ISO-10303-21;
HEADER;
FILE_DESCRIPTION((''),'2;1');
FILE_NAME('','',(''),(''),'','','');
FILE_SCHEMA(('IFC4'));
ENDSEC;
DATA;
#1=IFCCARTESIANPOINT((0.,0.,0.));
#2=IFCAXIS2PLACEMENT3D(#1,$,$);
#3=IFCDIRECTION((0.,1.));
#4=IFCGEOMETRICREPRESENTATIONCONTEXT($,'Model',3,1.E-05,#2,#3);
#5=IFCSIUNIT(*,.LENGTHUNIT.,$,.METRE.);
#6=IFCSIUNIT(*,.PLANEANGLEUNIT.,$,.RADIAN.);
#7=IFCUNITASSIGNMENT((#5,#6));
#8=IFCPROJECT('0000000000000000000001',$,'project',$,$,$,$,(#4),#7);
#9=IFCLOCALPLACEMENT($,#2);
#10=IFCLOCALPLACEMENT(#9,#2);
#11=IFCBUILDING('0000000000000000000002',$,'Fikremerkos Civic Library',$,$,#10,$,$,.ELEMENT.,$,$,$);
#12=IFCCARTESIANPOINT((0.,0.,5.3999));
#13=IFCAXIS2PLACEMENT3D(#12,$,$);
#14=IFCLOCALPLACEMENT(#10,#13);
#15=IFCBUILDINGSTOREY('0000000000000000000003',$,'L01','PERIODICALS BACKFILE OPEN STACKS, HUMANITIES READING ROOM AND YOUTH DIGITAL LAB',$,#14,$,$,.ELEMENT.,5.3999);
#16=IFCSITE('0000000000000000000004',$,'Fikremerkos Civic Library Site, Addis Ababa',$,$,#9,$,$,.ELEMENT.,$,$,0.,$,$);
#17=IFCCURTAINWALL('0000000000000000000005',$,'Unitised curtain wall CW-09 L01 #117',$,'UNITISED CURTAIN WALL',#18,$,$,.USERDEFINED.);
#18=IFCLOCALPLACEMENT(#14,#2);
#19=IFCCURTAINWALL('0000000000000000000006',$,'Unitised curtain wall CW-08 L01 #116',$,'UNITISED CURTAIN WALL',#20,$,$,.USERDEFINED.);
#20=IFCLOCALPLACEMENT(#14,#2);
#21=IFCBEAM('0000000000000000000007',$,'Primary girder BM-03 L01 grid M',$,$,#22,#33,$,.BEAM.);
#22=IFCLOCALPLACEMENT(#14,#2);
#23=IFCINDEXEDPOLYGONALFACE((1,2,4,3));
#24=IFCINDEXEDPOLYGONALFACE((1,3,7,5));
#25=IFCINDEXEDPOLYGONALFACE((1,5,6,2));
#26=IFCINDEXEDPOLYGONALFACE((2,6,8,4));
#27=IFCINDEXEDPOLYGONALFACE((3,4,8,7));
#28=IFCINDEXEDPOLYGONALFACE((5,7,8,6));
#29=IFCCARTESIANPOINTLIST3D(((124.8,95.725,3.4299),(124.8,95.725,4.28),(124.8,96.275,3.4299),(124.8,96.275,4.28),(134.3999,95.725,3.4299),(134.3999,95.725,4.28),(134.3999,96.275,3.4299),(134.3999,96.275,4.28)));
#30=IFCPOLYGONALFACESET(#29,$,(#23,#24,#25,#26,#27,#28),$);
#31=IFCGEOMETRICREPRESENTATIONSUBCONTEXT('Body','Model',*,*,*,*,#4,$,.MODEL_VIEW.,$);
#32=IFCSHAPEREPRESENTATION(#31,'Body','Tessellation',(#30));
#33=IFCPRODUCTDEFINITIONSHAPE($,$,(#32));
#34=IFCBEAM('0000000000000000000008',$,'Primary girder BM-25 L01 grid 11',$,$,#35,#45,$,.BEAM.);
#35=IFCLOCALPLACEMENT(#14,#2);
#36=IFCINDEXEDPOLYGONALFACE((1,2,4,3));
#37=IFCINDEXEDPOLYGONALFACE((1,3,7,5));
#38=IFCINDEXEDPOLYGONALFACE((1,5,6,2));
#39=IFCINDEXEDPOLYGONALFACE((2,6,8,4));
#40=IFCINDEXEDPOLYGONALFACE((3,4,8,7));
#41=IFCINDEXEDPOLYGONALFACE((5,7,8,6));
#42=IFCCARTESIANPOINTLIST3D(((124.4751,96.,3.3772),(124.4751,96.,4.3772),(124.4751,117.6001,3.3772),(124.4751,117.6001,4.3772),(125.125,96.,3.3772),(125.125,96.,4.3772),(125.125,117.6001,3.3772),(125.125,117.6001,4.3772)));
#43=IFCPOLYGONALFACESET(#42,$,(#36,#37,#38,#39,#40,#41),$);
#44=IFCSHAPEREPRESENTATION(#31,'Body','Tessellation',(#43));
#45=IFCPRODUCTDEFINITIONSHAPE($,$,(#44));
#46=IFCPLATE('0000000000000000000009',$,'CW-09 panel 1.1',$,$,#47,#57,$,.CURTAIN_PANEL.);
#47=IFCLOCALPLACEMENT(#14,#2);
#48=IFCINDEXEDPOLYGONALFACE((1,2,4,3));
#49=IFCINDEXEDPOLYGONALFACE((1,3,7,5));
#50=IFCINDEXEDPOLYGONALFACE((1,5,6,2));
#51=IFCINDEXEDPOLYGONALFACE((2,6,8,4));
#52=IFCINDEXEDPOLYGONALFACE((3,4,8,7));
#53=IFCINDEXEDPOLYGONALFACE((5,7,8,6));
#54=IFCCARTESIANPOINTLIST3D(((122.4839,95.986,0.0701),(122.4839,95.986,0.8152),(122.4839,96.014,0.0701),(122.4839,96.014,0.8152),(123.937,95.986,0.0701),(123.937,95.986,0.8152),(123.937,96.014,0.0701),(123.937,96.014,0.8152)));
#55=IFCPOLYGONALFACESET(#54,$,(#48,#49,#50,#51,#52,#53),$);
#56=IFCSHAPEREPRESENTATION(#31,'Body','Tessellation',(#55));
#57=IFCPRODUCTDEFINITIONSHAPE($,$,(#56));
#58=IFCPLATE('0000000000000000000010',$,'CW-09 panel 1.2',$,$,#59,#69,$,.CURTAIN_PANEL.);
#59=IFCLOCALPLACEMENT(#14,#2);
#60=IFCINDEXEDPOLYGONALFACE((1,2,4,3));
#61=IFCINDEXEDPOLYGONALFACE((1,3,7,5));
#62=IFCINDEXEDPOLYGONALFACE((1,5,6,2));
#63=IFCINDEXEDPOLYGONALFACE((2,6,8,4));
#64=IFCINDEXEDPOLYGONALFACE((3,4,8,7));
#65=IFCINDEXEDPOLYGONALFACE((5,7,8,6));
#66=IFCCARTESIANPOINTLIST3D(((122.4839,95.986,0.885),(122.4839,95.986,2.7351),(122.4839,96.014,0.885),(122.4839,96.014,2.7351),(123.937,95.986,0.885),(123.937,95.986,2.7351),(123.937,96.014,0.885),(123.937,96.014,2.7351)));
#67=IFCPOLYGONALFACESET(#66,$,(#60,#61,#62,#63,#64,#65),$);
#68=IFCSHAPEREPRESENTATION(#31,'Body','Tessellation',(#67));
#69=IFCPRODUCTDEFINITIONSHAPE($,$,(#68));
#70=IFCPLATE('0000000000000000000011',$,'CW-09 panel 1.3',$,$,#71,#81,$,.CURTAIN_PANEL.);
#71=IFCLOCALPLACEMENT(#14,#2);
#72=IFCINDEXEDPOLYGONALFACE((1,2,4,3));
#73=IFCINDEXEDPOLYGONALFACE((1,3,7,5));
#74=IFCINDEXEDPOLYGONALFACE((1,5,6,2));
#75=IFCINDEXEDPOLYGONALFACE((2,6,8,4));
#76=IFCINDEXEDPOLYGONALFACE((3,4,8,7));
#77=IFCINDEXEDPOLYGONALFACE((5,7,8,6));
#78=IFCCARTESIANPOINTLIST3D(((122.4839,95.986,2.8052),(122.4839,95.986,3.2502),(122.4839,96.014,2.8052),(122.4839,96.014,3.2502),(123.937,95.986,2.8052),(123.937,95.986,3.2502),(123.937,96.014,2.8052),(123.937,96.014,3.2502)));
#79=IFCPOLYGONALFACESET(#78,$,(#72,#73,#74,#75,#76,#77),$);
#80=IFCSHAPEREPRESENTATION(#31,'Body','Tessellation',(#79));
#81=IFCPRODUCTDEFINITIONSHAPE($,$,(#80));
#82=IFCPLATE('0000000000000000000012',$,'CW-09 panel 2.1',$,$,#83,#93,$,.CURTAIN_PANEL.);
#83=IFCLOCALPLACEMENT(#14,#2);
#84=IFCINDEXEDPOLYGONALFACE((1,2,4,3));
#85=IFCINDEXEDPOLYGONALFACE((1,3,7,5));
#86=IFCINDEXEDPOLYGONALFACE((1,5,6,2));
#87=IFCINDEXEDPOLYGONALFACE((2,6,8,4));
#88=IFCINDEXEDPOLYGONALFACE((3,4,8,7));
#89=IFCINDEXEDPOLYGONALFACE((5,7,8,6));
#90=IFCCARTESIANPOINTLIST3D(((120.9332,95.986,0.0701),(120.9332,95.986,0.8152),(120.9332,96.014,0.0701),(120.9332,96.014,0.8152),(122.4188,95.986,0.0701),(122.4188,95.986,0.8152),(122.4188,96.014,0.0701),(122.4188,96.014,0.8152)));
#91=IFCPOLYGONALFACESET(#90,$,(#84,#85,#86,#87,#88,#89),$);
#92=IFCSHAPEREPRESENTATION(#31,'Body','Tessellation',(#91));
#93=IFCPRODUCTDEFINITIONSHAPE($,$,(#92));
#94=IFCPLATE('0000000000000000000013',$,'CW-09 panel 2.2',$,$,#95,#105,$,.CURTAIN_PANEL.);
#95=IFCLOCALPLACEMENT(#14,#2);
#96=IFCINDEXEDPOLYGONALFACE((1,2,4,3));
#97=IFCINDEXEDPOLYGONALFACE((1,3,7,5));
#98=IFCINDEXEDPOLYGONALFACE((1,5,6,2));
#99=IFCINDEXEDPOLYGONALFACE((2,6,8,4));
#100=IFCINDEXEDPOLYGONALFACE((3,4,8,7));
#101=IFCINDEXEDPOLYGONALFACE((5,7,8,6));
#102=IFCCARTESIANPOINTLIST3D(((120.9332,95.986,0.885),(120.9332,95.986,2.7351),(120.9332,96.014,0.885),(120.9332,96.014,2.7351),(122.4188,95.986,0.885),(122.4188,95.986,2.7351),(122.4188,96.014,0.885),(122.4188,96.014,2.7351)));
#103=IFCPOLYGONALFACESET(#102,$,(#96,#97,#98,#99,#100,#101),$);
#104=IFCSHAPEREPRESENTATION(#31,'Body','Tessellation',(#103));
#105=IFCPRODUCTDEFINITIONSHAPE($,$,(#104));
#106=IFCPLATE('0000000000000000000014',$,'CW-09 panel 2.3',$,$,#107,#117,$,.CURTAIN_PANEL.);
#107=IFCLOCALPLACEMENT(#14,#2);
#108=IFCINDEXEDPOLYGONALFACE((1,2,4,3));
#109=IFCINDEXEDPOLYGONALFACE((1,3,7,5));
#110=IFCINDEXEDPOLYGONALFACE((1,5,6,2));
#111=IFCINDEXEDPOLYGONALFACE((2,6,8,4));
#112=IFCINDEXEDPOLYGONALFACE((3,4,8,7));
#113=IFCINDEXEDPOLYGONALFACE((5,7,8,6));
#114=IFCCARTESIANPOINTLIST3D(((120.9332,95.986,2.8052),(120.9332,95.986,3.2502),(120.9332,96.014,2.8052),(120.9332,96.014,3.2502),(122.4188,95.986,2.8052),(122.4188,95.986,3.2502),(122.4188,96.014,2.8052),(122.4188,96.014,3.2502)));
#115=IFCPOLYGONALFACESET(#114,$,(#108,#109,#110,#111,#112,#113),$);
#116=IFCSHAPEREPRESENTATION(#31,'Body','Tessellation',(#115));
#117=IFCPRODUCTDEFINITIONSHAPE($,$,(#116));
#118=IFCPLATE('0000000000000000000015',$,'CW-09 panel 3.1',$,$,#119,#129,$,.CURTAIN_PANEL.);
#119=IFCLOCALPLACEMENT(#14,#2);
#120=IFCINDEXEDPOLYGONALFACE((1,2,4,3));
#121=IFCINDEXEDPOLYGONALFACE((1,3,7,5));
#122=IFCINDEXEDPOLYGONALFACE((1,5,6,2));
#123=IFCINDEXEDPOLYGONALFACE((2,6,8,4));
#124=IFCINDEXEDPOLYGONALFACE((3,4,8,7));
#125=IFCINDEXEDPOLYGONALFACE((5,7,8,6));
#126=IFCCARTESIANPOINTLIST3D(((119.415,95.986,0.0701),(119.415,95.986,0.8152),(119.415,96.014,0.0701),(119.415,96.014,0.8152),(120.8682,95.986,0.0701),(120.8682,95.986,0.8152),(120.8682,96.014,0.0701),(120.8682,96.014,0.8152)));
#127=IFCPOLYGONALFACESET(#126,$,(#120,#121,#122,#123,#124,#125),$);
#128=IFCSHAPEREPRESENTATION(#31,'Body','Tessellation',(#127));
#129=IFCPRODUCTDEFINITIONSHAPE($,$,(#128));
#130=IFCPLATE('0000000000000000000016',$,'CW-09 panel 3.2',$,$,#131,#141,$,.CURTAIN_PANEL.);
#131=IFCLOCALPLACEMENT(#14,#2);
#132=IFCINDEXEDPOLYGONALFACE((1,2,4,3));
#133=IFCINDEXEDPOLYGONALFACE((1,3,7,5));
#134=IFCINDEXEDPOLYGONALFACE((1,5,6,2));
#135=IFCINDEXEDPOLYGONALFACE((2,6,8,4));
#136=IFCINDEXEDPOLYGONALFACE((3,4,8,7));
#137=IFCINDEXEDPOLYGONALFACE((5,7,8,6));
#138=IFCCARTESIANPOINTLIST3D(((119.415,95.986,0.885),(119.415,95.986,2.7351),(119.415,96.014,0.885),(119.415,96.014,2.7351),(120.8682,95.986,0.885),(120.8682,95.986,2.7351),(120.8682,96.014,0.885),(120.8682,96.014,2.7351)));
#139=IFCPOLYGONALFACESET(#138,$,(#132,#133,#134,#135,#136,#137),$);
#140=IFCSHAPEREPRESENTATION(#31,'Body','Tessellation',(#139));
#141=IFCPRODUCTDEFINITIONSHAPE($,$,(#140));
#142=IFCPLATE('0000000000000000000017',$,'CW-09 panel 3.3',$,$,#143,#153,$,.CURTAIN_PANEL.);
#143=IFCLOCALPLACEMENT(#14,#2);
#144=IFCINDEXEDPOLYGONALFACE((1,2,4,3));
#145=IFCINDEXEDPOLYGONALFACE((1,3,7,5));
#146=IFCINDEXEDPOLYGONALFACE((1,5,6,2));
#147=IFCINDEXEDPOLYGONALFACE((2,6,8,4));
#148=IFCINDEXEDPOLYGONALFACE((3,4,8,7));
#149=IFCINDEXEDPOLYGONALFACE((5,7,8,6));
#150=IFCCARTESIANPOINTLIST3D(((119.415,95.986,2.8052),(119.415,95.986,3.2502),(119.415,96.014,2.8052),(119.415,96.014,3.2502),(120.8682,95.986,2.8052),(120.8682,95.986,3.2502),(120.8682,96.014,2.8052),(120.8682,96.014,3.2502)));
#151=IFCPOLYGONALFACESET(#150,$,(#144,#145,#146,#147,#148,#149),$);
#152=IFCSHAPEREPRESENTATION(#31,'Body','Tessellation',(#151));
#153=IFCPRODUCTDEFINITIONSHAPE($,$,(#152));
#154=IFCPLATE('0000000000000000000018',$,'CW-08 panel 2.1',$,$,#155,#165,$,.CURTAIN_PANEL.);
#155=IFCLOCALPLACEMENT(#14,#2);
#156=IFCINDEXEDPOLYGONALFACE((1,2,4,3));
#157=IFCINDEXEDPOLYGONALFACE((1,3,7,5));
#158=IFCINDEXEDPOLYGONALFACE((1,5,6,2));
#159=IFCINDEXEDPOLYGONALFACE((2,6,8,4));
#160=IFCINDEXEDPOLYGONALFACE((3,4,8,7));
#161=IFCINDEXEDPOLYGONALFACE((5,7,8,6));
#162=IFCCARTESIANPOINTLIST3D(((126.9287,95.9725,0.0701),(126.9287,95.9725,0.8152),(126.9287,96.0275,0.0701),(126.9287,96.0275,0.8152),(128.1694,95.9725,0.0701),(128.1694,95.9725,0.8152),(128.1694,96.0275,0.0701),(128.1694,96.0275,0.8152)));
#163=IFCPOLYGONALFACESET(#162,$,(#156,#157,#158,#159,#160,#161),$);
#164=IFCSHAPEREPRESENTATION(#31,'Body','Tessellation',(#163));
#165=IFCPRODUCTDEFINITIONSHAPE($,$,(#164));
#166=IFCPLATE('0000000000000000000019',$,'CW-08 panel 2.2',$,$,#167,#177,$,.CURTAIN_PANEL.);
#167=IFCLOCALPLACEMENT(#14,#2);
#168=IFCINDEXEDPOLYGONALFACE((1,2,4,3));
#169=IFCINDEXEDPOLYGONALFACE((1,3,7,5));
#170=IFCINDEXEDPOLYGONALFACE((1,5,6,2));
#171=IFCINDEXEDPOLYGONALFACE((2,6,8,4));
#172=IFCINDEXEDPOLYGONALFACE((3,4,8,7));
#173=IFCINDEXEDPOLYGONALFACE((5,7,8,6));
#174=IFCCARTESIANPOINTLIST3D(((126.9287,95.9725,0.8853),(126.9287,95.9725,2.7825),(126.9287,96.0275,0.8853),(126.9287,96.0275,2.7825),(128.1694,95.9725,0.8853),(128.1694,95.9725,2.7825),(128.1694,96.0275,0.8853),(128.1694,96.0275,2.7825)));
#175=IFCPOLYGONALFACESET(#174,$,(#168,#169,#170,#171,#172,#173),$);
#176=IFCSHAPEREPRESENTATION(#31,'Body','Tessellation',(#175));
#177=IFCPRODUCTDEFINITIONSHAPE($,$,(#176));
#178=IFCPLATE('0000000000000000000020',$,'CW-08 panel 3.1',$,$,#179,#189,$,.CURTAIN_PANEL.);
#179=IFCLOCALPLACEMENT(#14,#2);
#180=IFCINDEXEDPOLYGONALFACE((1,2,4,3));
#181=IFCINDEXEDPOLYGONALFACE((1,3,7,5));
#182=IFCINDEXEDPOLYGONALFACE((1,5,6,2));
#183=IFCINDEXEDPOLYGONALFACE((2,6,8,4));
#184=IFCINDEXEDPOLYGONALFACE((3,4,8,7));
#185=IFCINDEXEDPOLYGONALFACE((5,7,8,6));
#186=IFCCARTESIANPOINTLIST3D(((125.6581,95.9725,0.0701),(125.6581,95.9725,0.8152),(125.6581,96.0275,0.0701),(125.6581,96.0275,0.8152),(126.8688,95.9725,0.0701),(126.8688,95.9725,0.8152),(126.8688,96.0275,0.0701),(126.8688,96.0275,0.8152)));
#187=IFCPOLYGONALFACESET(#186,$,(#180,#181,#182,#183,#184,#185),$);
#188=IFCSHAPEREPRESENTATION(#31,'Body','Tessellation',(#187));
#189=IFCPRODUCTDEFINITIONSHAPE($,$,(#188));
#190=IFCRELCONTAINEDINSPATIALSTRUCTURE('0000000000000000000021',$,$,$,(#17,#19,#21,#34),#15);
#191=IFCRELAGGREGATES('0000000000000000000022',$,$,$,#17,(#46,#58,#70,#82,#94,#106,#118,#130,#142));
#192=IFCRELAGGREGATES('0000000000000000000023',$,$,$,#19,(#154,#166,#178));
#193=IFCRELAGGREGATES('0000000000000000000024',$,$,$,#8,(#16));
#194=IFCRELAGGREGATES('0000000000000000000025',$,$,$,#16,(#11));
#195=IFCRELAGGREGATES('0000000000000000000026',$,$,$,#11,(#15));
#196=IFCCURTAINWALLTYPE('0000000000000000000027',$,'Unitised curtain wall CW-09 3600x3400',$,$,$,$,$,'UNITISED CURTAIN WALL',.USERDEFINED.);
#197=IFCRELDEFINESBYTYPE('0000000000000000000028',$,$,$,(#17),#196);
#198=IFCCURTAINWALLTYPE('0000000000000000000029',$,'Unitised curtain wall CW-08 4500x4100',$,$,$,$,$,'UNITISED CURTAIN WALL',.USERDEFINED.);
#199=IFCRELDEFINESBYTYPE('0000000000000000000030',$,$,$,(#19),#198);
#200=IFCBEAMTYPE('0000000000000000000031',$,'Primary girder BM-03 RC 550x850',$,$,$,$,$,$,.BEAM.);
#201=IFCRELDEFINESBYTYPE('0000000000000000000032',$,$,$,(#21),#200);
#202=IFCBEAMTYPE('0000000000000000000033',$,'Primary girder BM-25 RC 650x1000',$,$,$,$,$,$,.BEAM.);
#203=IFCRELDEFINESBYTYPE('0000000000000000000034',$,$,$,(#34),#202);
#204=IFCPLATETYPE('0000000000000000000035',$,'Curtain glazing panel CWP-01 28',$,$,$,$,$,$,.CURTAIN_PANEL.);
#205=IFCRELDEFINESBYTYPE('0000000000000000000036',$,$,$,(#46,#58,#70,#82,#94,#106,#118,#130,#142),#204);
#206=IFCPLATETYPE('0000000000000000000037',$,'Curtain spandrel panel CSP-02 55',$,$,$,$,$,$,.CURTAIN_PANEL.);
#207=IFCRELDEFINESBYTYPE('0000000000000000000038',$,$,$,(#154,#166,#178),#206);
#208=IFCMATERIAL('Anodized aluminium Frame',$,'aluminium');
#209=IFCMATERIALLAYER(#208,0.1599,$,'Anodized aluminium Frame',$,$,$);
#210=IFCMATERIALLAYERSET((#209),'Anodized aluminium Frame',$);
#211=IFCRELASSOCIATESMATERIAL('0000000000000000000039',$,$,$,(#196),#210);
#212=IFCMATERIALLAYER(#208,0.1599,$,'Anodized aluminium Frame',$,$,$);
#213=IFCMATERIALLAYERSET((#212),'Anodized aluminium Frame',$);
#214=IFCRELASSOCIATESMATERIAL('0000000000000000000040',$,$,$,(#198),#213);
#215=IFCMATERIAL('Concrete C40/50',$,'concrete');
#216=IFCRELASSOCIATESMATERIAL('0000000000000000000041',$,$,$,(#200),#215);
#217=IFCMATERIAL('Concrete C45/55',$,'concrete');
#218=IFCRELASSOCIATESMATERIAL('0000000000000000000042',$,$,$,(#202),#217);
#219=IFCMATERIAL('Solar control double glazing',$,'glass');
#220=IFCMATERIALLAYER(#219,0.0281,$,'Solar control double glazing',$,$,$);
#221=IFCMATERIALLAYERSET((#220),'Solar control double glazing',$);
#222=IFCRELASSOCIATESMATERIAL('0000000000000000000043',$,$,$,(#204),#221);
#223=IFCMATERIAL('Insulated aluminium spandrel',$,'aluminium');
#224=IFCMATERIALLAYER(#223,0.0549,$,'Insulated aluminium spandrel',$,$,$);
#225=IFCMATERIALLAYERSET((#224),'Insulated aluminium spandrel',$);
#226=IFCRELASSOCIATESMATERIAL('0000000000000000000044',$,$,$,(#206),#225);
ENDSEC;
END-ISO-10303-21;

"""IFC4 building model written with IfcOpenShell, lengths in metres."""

from ifc_helpers import new_model, si_unit, direction, frame, origin, origin_2d, place, context, subcontext, project, spatial, rectangle, extrude, material, layer, layer_set, material_profile, profile_set, type_object, element, aggregate, save


model = new_model("IFC4")

# Units and contexts
model_context = context("Model", 3, precision=1e-05, world=origin(), true_north=direction((0.0, 1.0)))
body_context = subcontext(model_context, "Body", "Model", "MODEL_VIEW")
ifc_project = project(units=[si_unit("LENGTHUNIT", "METRE"), si_unit("PLANEANGLEUNIT", "RADIAN")], contexts=[model_context])

# Site, building, storey
site_placement = place(None, origin())
site = spatial("IfcSite", under=ifc_project, at=site_placement, Name="Fikremerkos Civic Library Site, Addis Ababa", CompositionType="ELEMENT", RefElevation=0.0)
building_placement = place(site_placement, origin())
building = spatial("IfcBuilding", under=site, at=building_placement, Name="Fikremerkos Civic Library", CompositionType="ELEMENT")
storey_placement = place(building_placement, frame((0.0, 0.0, 5.3999)))
storey = spatial("IfcBuildingStorey", under=building, at=storey_placement, Name="L01", Description="PERIODICALS BACKFILE OPEN STACKS, HUMANITIES READING ROOM AND YOUTH DIGITAL LAB", CompositionType="ELEMENT", Elevation=5.3999)

# Shared definitions
ifc_material_1 = material(Name="Concrete C40/50", Category="concrete")

# Curtain walls
ifc_material_2 = material(Name="Anodized aluminium Frame", Category="aluminium")
ifc_layer_1 = layer(ifc_material_2, 0.1599, Name="Anodized aluminium Frame")
ifc_layer_set_1 = layer_set([ifc_layer_1], Name="Anodized aluminium Frame")
curtain_wall_type_1 = type_object("IfcCurtainWallType", Name="Unitised curtain wall CW-09 3600x3400", ElementType="UNITISED CURTAIN WALL", PredefinedType="USERDEFINED", material=ifc_layer_set_1)
curtain_wall_1_placement = place(storey_placement, origin())
curtain_wall_1 = element("IfcCurtainWall", 1, at=curtain_wall_1_placement, inside=storey, type_object=curtain_wall_type_1, Name="Unitised curtain wall CW-09 L01 #117", ObjectType="UNITISED CURTAIN WALL", PredefinedType="USERDEFINED")
ifc_layer_2 = layer(ifc_material_2, 0.1599, Name="Anodized aluminium Frame")
ifc_layer_set_2 = layer_set([ifc_layer_2], Name="Anodized aluminium Frame")
curtain_wall_type_2 = type_object("IfcCurtainWallType", Name="Unitised curtain wall CW-08 4500x4100", ElementType="UNITISED CURTAIN WALL", PredefinedType="USERDEFINED", material=ifc_layer_set_2)
curtain_wall_2_placement = place(storey_placement, origin())
curtain_wall_2 = element("IfcCurtainWall", 2, at=curtain_wall_2_placement, inside=storey, type_object=curtain_wall_type_2, Name="Unitised curtain wall CW-08 L01 #116", ObjectType="UNITISED CURTAIN WALL", PredefinedType="USERDEFINED")

# Beams
ifc_material_profile_1 = material_profile(ifc_material_1, rectangle(XDim=0.55, YDim=0.8501, at=origin_2d()), Name="RC 550x850")
ifc_profile_set_1 = profile_set([ifc_material_profile_1], Name="Concrete C40/50")
beam_type_1 = type_object("IfcBeamType", Name="Primary girder BM-03 RC 550x850", PredefinedType="BEAM", material=ifc_profile_set_1)
beam_1_placement = place(storey_placement, frame((124.8, 96.0, 3.855), z_axis=(1.0, 0.0, 0.0), x_axis=(0.0, 1.0, 0.0)))
element("IfcBeam", 3, at=beam_1_placement, inside=storey, type_object=beam_type_1, Name="Primary girder BM-03 L01 grid M", PredefinedType="BEAM", context=body_context, shape_type="SweptSolid", body=[
    extrude(rectangle(XDim=0.55, YDim=0.8501, at=origin_2d()), origin(), (0.0, 0.0, 1.0), 9.5999),
])
ifc_material_3 = material(Name="Concrete C45/55", Category="concrete")
ifc_material_profile_2 = material_profile(ifc_material_3, rectangle(XDim=0.6499, YDim=1.0, at=origin_2d()), Name="RC 650x1000")
ifc_profile_set_2 = profile_set([ifc_material_profile_2], Name="Concrete C45/55")
beam_type_2 = type_object("IfcBeamType", Name="Primary girder BM-25 RC 650x1000", PredefinedType="BEAM", material=ifc_profile_set_2)
beam_2_placement = place(storey_placement, frame((124.8, 96.0, 3.8772), z_axis=(0.0, 1.0, 0.0), x_axis=(-1.0, 0.0, 0.0)))
element("IfcBeam", 4, at=beam_2_placement, inside=storey, type_object=beam_type_2, Name="Primary girder BM-25 L01 grid 11", PredefinedType="BEAM", context=body_context, shape_type="SweptSolid", body=[
    extrude(rectangle(XDim=0.6499, YDim=1.0, at=origin_2d()), origin(), (0.0, 0.0, 1.0), 21.6001),
])

# Plates
ifc_material_4 = material(Name="Solar control double glazing", Category="glass")
ifc_layer_3 = layer(ifc_material_4, 0.0281, Name="Solar control double glazing")
ifc_layer_set_3 = layer_set([ifc_layer_3], Name="Solar control double glazing")
plate_type_1 = type_object("IfcPlateType", Name="Curtain glazing panel CWP-01 28", PredefinedType="CURTAIN_PANEL", material=ifc_layer_set_3)
plate_1_placement = place(storey_placement, frame((123.2104, 96.0, 0.0701), z_axis=(0.0, 0.0, 1.0), x_axis=(-1.0, 0.0, 0.0)))
plate_1 = element("IfcPlate", 5, at=plate_1_placement, type_object=plate_type_1, Name="CW-09 panel 1.1", PredefinedType="CURTAIN_PANEL", context=body_context, shape_type="SweptSolid", body=[
    extrude(rectangle(XDim=1.4531, YDim=0.0281, at=origin_2d()), origin(), (0.0, 0.0, 1.0), 0.7451),
])
plate_2_placement = place(storey_placement, frame((123.2104, 96.0, 0.885), z_axis=(0.0, 0.0, 1.0), x_axis=(-1.0, 0.0, 0.0)))
plate_2 = element("IfcPlate", 6, at=plate_2_placement, type_object=plate_type_1, Name="CW-09 panel 1.2", PredefinedType="CURTAIN_PANEL", context=body_context, shape_type="SweptSolid", body=[
    extrude(rectangle(XDim=1.4531, YDim=0.0281, at=origin_2d()), origin(), (0.0, 0.0, 1.0), 1.8501),
])
plate_3_placement = place(storey_placement, frame((123.2104, 96.0, 2.8052), z_axis=(0.0, 0.0, 1.0), x_axis=(-1.0, 0.0, 0.0)))
plate_3 = element("IfcPlate", 7, at=plate_3_placement, type_object=plate_type_1, Name="CW-09 panel 1.3", PredefinedType="CURTAIN_PANEL", context=body_context, shape_type="SweptSolid", body=[
    extrude(rectangle(XDim=1.4531, YDim=0.0281, at=origin_2d()), origin(), (0.0, 0.0, 1.0), 0.4451),
])
plate_4_placement = place(storey_placement, frame((121.676, 96.0, 0.0701), z_axis=(0.0, 0.0, 1.0), x_axis=(-1.0, 0.0, 0.0)))
plate_4 = element("IfcPlate", 8, at=plate_4_placement, type_object=plate_type_1, Name="CW-09 panel 2.1", PredefinedType="CURTAIN_PANEL", context=body_context, shape_type="SweptSolid", body=[
    extrude(rectangle(XDim=1.4856, YDim=0.0281, at=origin_2d()), origin(), (0.0, 0.0, 1.0), 0.7451),
])
plate_5_placement = place(storey_placement, frame((121.676, 96.0, 0.885), z_axis=(0.0, 0.0, 1.0), x_axis=(-1.0, 0.0, 0.0)))
plate_5 = element("IfcPlate", 9, at=plate_5_placement, type_object=plate_type_1, Name="CW-09 panel 2.2", PredefinedType="CURTAIN_PANEL", context=body_context, shape_type="SweptSolid", body=[
    extrude(rectangle(XDim=1.4856, YDim=0.0281, at=origin_2d()), origin(), (0.0, 0.0, 1.0), 1.8501),
])
plate_6_placement = place(storey_placement, frame((121.676, 96.0, 2.8052), z_axis=(0.0, 0.0, 1.0), x_axis=(-1.0, 0.0, 0.0)))
plate_6 = element("IfcPlate", 10, at=plate_6_placement, type_object=plate_type_1, Name="CW-09 panel 2.3", PredefinedType="CURTAIN_PANEL", context=body_context, shape_type="SweptSolid", body=[
    extrude(rectangle(XDim=1.4856, YDim=0.0281, at=origin_2d()), origin(), (0.0, 0.0, 1.0), 0.4451),
])
plate_7_placement = place(storey_placement, frame((120.1416, 96.0, 0.0701), z_axis=(0.0, 0.0, 1.0), x_axis=(-1.0, 0.0, 0.0)))
plate_7 = element("IfcPlate", 11, at=plate_7_placement, type_object=plate_type_1, Name="CW-09 panel 3.1", PredefinedType="CURTAIN_PANEL", context=body_context, shape_type="SweptSolid", body=[
    extrude(rectangle(XDim=1.4531, YDim=0.0281, at=origin_2d()), origin(), (0.0, 0.0, 1.0), 0.7451),
])
plate_8_placement = place(storey_placement, frame((120.1416, 96.0, 0.885), z_axis=(0.0, 0.0, 1.0), x_axis=(-1.0, 0.0, 0.0)))
plate_8 = element("IfcPlate", 12, at=plate_8_placement, type_object=plate_type_1, Name="CW-09 panel 3.2", PredefinedType="CURTAIN_PANEL", context=body_context, shape_type="SweptSolid", body=[
    extrude(rectangle(XDim=1.4531, YDim=0.0281, at=origin_2d()), origin(), (0.0, 0.0, 1.0), 1.8501),
])
plate_9_placement = place(storey_placement, frame((120.1416, 96.0, 2.8052), z_axis=(0.0, 0.0, 1.0), x_axis=(-1.0, 0.0, 0.0)))
plate_9 = element("IfcPlate", 13, at=plate_9_placement, type_object=plate_type_1, Name="CW-09 panel 3.3", PredefinedType="CURTAIN_PANEL", context=body_context, shape_type="SweptSolid", body=[
    extrude(rectangle(XDim=1.4531, YDim=0.0281, at=origin_2d()), origin(), (0.0, 0.0, 1.0), 0.4451),
])
aggregate(curtain_wall_1, [plate_1, plate_2, plate_3, plate_4, plate_5, plate_6, plate_7, plate_8, plate_9])
ifc_material_5 = material(Name="Insulated aluminium spandrel", Category="aluminium")
ifc_layer_4 = layer(ifc_material_5, 0.0549, Name="Insulated aluminium spandrel")
ifc_layer_set_4 = layer_set([ifc_layer_4], Name="Insulated aluminium spandrel")
plate_type_2 = type_object("IfcPlateType", Name="Curtain spandrel panel CSP-02 55", PredefinedType="CURTAIN_PANEL", material=ifc_layer_set_4)
plate_10_placement = place(storey_placement, frame((127.5491, 96.0, 0.0701), z_axis=(0.0, 0.0, 1.0), x_axis=(-1.0, 0.0, 0.0)))
plate_10 = element("IfcPlate", 14, at=plate_10_placement, type_object=plate_type_2, Name="CW-08 panel 2.1", PredefinedType="CURTAIN_PANEL", context=body_context, shape_type="SweptSolid", body=[
    extrude(rectangle(XDim=1.2407, YDim=0.0549, at=origin_2d()), origin(), (0.0, 0.0, 1.0), 0.7451),
])
plate_11_placement = place(storey_placement, frame((127.5491, 96.0, 0.8853), z_axis=(0.0, 0.0, 1.0), x_axis=(-1.0, 0.0, 0.0)))
plate_11 = element("IfcPlate", 15, at=plate_11_placement, type_object=plate_type_2, Name="CW-08 panel 2.2", PredefinedType="CURTAIN_PANEL", context=body_context, shape_type="SweptSolid", body=[
    extrude(rectangle(XDim=1.2407, YDim=0.0549, at=origin_2d()), origin(), (0.0, 0.0, 1.0), 1.8972),
])
plate_12_placement = place(storey_placement, frame((126.2634, 96.0, 0.0701), z_axis=(0.0, 0.0, 1.0), x_axis=(-1.0, 0.0, 0.0)))
plate_12 = element("IfcPlate", 16, at=plate_12_placement, type_object=plate_type_2, Name="CW-08 panel 3.1", PredefinedType="CURTAIN_PANEL", context=body_context, shape_type="SweptSolid", body=[
    extrude(rectangle(XDim=1.2107, YDim=0.0549, at=origin_2d()), origin(), (0.0, 0.0, 1.0), 0.7451),
])
aggregate(curtain_wall_2, [plate_10, plate_11, plate_12])

save(model, "model.ifc")
